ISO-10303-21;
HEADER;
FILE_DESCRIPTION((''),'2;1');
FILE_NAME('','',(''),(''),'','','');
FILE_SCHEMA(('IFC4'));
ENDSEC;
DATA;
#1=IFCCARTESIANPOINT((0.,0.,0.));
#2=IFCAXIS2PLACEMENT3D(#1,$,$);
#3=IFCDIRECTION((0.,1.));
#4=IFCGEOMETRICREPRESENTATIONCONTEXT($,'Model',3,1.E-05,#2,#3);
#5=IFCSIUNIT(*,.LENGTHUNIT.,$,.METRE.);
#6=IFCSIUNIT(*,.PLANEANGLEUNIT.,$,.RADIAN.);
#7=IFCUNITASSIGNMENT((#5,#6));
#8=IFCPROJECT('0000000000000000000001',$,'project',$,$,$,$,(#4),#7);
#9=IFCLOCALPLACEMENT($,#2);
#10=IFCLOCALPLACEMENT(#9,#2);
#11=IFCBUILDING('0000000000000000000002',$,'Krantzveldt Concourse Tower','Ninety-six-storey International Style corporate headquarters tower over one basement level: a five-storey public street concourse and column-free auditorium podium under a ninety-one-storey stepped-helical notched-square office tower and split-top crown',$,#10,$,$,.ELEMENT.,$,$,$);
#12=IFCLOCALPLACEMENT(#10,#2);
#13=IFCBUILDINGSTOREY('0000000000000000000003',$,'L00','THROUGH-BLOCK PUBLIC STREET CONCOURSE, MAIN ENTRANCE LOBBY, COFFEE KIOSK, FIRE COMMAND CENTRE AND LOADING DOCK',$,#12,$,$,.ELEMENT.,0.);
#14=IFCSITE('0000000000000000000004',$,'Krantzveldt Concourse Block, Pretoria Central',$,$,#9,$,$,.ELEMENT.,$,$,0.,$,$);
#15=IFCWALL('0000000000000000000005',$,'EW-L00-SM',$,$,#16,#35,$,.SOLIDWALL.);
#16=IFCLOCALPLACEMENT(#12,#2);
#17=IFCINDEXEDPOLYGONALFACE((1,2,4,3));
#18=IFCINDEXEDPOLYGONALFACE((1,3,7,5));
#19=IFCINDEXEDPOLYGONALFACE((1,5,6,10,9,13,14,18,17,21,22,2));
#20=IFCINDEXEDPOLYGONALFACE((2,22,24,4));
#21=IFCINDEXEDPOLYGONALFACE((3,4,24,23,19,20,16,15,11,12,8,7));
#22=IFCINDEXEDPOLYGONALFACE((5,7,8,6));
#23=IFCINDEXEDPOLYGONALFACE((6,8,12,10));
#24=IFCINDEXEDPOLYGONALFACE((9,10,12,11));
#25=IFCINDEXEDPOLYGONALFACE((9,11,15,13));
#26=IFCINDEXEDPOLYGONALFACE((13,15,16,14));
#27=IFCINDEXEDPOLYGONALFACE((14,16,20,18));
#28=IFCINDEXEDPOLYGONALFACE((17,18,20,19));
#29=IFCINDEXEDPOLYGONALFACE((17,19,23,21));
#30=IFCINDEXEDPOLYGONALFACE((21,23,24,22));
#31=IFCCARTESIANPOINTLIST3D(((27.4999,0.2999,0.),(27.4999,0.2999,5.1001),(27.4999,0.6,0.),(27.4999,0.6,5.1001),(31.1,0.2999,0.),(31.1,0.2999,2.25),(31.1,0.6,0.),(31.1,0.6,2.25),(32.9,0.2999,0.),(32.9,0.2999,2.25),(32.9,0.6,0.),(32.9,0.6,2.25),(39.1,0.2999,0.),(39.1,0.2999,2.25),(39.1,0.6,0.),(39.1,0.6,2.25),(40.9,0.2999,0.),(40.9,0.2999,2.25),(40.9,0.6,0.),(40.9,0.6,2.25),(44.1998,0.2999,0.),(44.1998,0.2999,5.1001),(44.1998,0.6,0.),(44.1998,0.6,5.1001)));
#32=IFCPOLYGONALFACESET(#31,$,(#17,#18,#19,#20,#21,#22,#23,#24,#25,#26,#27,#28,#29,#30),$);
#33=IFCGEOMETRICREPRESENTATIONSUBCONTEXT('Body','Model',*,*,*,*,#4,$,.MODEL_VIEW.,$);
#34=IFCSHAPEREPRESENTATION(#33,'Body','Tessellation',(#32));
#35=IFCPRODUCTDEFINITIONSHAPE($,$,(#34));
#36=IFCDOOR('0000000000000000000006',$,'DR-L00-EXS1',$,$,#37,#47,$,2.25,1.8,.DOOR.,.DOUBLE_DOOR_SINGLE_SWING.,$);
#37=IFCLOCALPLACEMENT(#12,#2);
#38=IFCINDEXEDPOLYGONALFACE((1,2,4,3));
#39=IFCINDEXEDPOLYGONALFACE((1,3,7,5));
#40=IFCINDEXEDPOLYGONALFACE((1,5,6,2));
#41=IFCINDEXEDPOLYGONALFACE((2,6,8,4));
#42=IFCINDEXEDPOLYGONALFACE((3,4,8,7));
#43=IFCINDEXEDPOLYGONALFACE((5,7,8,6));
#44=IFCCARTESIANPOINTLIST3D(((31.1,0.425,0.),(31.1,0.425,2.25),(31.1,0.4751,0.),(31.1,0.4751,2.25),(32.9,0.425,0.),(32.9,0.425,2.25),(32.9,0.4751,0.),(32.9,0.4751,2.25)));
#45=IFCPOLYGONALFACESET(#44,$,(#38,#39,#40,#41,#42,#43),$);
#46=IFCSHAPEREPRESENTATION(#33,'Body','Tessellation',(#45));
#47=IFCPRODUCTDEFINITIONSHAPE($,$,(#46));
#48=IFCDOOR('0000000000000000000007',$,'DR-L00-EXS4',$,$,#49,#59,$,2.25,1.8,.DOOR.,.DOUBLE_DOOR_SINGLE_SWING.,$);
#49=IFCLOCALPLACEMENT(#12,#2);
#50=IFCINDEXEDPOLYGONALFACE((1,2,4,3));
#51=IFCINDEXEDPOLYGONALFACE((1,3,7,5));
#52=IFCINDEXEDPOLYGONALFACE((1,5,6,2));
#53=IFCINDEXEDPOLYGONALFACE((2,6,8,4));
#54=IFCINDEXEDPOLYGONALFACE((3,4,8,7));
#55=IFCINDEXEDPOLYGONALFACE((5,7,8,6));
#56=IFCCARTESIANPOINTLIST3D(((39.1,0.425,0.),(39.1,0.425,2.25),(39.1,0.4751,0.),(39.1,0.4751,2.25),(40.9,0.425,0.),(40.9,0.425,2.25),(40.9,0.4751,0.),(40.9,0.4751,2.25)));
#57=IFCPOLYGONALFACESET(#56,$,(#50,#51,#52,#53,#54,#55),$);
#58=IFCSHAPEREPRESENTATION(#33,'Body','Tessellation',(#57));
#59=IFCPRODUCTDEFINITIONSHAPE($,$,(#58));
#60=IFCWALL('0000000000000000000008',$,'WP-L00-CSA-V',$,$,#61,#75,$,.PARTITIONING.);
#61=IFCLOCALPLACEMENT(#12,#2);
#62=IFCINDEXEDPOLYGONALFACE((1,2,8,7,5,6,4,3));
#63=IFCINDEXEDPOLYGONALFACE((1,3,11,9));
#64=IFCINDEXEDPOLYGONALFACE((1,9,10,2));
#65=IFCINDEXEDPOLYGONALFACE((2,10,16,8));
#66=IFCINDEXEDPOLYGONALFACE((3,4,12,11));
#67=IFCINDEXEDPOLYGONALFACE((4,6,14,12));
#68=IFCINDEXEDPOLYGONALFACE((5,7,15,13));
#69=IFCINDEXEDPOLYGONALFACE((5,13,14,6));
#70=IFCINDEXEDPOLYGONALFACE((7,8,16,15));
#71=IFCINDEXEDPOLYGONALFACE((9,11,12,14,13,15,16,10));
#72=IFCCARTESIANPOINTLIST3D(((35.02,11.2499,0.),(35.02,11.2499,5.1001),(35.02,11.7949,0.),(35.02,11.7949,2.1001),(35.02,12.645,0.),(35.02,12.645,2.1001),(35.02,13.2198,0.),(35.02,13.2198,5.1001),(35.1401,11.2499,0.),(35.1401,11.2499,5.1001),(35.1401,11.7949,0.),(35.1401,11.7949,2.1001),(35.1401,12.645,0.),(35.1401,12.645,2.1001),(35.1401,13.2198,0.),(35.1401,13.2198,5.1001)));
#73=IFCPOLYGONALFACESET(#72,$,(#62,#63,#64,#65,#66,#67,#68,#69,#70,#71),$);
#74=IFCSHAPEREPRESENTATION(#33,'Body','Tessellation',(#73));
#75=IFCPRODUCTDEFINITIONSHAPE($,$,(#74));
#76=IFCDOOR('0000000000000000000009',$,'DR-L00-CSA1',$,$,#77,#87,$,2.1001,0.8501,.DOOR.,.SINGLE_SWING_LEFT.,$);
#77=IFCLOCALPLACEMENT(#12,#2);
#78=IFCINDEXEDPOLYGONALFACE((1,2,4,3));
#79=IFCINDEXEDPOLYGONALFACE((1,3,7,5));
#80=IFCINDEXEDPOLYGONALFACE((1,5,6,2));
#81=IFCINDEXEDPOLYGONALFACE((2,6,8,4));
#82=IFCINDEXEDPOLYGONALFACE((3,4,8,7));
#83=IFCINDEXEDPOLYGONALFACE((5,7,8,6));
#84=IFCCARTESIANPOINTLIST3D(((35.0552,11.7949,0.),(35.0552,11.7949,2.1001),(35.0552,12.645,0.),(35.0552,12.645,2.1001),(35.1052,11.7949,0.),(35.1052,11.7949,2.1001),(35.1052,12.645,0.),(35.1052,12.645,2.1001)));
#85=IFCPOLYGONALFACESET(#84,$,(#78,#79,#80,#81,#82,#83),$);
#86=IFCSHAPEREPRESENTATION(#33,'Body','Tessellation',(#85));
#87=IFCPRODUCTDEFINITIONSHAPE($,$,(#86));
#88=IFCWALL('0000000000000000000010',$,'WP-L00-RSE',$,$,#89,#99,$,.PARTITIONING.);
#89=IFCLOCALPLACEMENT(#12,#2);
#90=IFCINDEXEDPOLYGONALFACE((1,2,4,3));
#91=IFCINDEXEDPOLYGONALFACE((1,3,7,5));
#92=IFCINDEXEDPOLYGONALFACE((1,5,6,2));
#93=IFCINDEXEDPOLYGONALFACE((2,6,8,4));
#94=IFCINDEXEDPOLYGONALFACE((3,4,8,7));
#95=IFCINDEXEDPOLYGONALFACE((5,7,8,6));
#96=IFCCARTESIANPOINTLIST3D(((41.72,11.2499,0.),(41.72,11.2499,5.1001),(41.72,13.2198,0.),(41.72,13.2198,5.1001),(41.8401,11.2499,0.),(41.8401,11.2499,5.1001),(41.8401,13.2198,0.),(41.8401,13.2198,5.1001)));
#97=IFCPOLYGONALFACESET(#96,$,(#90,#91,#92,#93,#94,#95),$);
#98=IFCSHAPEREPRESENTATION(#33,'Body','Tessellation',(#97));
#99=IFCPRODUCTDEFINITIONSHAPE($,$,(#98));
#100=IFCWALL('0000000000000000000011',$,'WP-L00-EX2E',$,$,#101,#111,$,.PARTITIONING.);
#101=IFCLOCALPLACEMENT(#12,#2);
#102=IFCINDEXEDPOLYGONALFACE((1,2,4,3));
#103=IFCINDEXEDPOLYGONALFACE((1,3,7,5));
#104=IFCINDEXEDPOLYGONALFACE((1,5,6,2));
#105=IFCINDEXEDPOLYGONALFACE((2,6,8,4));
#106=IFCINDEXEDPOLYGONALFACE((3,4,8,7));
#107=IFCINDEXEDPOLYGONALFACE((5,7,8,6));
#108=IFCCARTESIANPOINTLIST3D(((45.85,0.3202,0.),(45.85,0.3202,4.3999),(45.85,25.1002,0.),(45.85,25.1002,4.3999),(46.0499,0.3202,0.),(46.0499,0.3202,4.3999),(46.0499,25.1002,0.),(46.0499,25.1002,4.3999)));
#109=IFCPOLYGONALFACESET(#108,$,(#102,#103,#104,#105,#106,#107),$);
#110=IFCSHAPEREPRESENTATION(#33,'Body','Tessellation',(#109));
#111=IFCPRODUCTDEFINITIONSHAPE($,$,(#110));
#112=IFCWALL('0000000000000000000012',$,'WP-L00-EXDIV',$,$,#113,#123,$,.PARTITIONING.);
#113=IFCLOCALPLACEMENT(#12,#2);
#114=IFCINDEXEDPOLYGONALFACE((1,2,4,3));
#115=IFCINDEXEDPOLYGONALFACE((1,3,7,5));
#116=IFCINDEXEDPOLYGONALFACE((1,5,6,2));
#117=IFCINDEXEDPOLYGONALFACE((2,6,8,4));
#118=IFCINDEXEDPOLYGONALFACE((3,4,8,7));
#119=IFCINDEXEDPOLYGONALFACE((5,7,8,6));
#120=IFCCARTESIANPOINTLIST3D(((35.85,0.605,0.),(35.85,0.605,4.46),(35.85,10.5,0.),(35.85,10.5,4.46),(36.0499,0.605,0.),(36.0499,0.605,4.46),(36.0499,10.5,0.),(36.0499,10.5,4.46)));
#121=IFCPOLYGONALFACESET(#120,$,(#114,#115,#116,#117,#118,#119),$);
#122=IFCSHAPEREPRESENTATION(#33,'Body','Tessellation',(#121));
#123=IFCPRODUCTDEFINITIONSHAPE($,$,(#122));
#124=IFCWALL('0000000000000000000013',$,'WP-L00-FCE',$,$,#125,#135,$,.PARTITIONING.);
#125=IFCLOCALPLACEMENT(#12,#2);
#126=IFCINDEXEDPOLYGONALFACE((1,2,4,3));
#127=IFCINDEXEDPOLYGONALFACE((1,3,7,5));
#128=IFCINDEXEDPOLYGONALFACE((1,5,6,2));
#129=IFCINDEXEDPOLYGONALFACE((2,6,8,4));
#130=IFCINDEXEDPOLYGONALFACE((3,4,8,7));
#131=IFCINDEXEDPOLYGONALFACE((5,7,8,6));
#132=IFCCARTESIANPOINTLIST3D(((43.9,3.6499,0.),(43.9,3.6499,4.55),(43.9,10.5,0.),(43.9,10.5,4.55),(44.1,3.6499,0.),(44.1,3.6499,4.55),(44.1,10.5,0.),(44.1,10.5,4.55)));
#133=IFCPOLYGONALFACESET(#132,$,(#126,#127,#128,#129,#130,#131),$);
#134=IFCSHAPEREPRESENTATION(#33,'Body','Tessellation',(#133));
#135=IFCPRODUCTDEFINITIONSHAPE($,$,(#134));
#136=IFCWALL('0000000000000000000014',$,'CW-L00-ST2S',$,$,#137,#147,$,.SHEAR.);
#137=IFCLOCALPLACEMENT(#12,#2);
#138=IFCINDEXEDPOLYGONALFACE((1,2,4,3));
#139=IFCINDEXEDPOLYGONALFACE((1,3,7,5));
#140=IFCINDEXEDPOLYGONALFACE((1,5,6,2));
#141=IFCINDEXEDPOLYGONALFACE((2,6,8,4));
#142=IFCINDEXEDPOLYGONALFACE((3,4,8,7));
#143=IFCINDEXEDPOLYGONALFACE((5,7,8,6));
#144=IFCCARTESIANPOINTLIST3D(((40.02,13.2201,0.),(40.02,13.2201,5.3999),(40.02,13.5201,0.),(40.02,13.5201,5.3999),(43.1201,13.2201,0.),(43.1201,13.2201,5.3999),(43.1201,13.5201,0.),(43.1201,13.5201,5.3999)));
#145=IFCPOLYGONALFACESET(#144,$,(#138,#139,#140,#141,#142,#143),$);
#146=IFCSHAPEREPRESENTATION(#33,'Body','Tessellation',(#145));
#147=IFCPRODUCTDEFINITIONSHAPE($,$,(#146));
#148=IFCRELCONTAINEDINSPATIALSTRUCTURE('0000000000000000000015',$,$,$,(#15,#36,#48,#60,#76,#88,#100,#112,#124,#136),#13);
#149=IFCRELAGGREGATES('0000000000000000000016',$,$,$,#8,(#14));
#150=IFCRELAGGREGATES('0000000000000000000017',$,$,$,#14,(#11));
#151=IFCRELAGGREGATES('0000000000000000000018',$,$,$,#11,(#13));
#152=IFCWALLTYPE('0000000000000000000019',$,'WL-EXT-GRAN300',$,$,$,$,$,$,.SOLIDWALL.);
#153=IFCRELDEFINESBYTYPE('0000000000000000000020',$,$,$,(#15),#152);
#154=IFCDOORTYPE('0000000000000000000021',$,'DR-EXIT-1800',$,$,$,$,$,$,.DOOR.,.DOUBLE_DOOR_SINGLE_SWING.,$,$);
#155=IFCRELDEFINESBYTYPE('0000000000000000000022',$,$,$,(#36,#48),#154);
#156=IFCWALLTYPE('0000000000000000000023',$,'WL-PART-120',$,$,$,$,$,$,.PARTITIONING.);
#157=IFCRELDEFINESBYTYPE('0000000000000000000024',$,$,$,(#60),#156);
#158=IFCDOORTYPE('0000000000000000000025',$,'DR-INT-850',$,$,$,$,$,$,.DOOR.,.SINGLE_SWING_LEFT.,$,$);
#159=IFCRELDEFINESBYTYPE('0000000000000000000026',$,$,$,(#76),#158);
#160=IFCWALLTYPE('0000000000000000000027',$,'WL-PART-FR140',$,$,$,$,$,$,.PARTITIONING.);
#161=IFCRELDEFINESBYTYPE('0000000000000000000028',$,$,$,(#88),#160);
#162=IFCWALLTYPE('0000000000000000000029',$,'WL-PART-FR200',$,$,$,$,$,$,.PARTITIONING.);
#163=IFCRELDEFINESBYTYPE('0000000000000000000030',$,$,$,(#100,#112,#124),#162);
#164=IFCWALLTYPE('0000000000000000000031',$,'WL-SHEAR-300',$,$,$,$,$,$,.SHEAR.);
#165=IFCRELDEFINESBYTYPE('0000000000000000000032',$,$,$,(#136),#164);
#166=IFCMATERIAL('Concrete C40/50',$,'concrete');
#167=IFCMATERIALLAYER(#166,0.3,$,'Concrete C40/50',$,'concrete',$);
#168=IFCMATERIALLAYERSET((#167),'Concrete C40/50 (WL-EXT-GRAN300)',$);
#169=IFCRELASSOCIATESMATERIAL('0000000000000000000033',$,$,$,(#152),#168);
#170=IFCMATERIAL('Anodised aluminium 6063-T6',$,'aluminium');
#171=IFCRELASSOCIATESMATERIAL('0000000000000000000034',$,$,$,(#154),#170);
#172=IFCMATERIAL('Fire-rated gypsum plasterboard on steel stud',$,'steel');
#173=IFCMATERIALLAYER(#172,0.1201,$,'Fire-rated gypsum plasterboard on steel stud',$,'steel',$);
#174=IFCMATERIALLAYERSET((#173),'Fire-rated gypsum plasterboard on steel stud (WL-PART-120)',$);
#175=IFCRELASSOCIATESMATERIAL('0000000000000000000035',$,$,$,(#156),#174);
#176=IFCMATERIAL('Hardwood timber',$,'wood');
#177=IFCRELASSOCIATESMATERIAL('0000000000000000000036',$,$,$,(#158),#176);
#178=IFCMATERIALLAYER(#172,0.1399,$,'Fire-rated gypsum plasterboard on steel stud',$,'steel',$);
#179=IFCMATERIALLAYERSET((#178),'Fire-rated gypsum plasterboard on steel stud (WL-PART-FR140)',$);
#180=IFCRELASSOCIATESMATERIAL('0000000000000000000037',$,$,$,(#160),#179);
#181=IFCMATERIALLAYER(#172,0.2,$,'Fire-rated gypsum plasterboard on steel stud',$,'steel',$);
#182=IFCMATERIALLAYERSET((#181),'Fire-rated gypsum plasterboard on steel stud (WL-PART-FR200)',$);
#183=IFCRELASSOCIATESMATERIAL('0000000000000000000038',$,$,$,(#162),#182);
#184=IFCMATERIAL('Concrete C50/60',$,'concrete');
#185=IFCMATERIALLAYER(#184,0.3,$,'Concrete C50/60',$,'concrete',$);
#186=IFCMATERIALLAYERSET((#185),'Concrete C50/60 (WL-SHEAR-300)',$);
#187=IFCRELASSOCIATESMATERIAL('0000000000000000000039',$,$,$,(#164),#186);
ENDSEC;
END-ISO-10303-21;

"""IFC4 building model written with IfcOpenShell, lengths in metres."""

from ifc_helpers import new_model, si_unit, direction, frame, frame_2d, origin, place, context, subcontext, project, spatial, rectangle, extrude, material, layer, layer_set, type_object, element, fill, save


model = new_model("IFC4")

# Units and contexts
model_context = context("Model", 3, precision=1e-05, world=origin(), true_north=direction((0.0, 1.0)))
body_context = subcontext(model_context, "Body", "Model", "MODEL_VIEW")
ifc_project = project(units=[si_unit("LENGTHUNIT", "METRE"), si_unit("PLANEANGLEUNIT", "RADIAN")], contexts=[model_context])

# Site, building, storey
site_placement = place(None, origin())
site = spatial("IfcSite", under=ifc_project, at=site_placement, Name="Krantzveldt Concourse Block, Pretoria Central", CompositionType="ELEMENT", RefElevation=0.0)
building_placement = place(site_placement, origin())
building = spatial("IfcBuilding", under=site, at=building_placement, Name="Krantzveldt Concourse Tower", Description="Ninety-six-storey International Style corporate headquarters tower over one basement level: a five-storey public street concourse and column-free auditorium podium under a ninety-one-storey stepped-helical notched-square office tower and split-top crown", CompositionType="ELEMENT")
storey_placement = place(building_placement, origin())
storey = spatial("IfcBuildingStorey", under=building, at=storey_placement, Name="L00", Description="THROUGH-BLOCK PUBLIC STREET CONCOURSE, MAIN ENTRANCE LOBBY, COFFEE KIOSK, FIRE COMMAND CENTRE AND LOADING DOCK", CompositionType="ELEMENT", Elevation=0.0)

# Shared definitions
ifc_material_1 = material(Name="Concrete C50/60", Category="concrete")

# Shared definitions
ifc_material_2 = material(Name="Anodised aluminium 6063-T6", Category="aluminium")

# Wall, openings, doors
ifc_material_3 = material(Name="Concrete C40/50", Category="concrete")
ifc_layer_1 = layer(ifc_material_3, 0.3, Name="Concrete C40/50", Category="concrete")
ifc_layer_set_1 = layer_set([ifc_layer_1], Name="Concrete C40/50 (WL-EXT-GRAN300)")
wall_type_1 = type_object("IfcWallType", Name="WL-EXT-GRAN300", PredefinedType="SOLIDWALL", material=ifc_layer_set_1)
wall_1_placement = place(storey_placement, frame((44.2, 0.45, 0.0), z_axis=(0.0, 0.0, 1.0), x_axis=(-1.0, 0.0, 0.0)))
wall_1 = element("IfcWall", 1, at=wall_1_placement, inside=storey, type_object=wall_type_1, Name="EW-L00-SM", PredefinedType="SOLIDWALL", context=body_context, shape_type="SweptSolid", body=[
    extrude(rectangle(XDim=16.7, YDim=0.3, at=frame_2d((8.3501, 0.0))), origin(), (0.0, 0.0, 1.0), 5.1001),
])
opening_1_placement = place(wall_1_placement, frame((11.3, 0.0, 0.0)))
opening_1 = element("IfcOpeningElement", 2, at=opening_1_placement, cuts=wall_1, PredefinedType="OPENING", context=body_context, shape_type="SweptSolid", body=[
    extrude(rectangle(XDim=1.8, YDim=2.25, at=frame_2d((0.8999, 1.125))), frame((0.0, 0.1602, 0.0), z_axis=(0.0, -1.0, 0.0), x_axis=(1.0, 0.0, 0.0)), (0.0, 0.0, 1.0), 0.3201),
])
opening_2_placement = place(wall_1_placement, frame((3.3, 0.0, 0.0)))
opening_2 = element("IfcOpeningElement", 3, at=opening_2_placement, cuts=wall_1, PredefinedType="OPENING", context=body_context, shape_type="SweptSolid", body=[
    extrude(rectangle(XDim=1.8, YDim=2.25, at=frame_2d((0.8999, 1.125))), frame((0.0, 0.1602, 0.0), z_axis=(0.0, -1.0, 0.0), x_axis=(1.0, 0.0, 0.0)), (0.0, 0.0, 1.0), 0.3201),
])
door_type_1 = type_object("IfcDoorType", Name="DR-EXIT-1800", OperationType="DOUBLE_DOOR_SINGLE_SWING", PredefinedType="DOOR", material=ifc_material_2)
door_1_placement = place(opening_1_placement, origin())
door_1 = element("IfcDoor", 4, at=door_1_placement, inside=storey, type_object=door_type_1, Name="DR-L00-EXS1", OperationType="DOUBLE_DOOR_SINGLE_SWING", OverallHeight=2.25, OverallWidth=1.8, PredefinedType="DOOR", context=body_context, shape_type="SweptSolid", body=[
    extrude(rectangle(XDim=1.8, YDim=2.25, at=frame_2d((0.8999, 1.125))), frame((0.0, 0.0249, 0.0), z_axis=(0.0, -1.0, 0.0), x_axis=(1.0, 0.0, 0.0)), (0.0, 0.0, 1.0), 0.05),
])
fill(opening_1, door_1)
door_2_placement = place(opening_2_placement, origin())
door_2 = element("IfcDoor", 5, at=door_2_placement, inside=storey, type_object=door_type_1, Name="DR-L00-EXS4", OperationType="DOUBLE_DOOR_SINGLE_SWING", OverallHeight=2.25, OverallWidth=1.8, PredefinedType="DOOR", context=body_context, shape_type="SweptSolid", body=[
    extrude(rectangle(XDim=1.8, YDim=2.25, at=frame_2d((0.8999, 1.125))), frame((0.0, 0.0249, 0.0), z_axis=(0.0, -1.0, 0.0), x_axis=(1.0, 0.0, 0.0)), (0.0, 0.0, 1.0), 0.05),
])
fill(opening_2, door_2)

# Wall, opening, door
ifc_material_4 = material(Name="Fire-rated gypsum plasterboard on steel stud", Category="steel")
ifc_layer_2 = layer(ifc_material_4, 0.1201, Name="Fire-rated gypsum plasterboard on steel stud", Category="steel")
ifc_layer_set_2 = layer_set([ifc_layer_2], Name="Fire-rated gypsum plasterboard on steel stud (WL-PART-120)")
wall_type_2 = type_object("IfcWallType", Name="WL-PART-120", PredefinedType="PARTITIONING", material=ifc_layer_set_2)
wall_2_placement = place(storey_placement, frame((35.0801, 11.25, 0.0), z_axis=(0.0, 0.0, 1.0), x_axis=(0.0, 1.0, 0.0)))
wall_2 = element("IfcWall", 6, at=wall_2_placement, inside=storey, type_object=wall_type_2, Name="WP-L00-CSA-V", PredefinedType="PARTITIONING", context=body_context, shape_type="SweptSolid", body=[
    extrude(rectangle(XDim=1.97, YDim=0.1201, at=frame_2d((0.9849, 0.0))), origin(), (0.0, 0.0, 1.0), 5.1001),
])
opening_3_placement = place(wall_2_placement, frame((0.5449, 0.0, 0.0)))
opening_3 = element("IfcOpeningElement", 7, at=opening_3_placement, cuts=wall_2, PredefinedType="OPENING", context=body_context, shape_type="SweptSolid", body=[
    extrude(rectangle(XDim=0.8501, YDim=2.1001, at=frame_2d((0.425, 1.05))), frame((0.0, 0.0701, 0.0), z_axis=(0.0, -1.0, 0.0), x_axis=(1.0, 0.0, 0.0)), (0.0, 0.0, 1.0), 0.1401),
])
ifc_material_5 = material(Name="Hardwood timber", Category="wood")
door_type_2 = type_object("IfcDoorType", Name="DR-INT-850", OperationType="SINGLE_SWING_LEFT", PredefinedType="DOOR", material=ifc_material_5)
door_3_placement = place(opening_3_placement, origin())
door_3 = element("IfcDoor", 8, at=door_3_placement, inside=storey, type_object=door_type_2, Name="DR-L00-CSA1", OperationType="SINGLE_SWING_LEFT", OverallHeight=2.1001, OverallWidth=0.8501, PredefinedType="DOOR", context=body_context, shape_type="SweptSolid", body=[
    extrude(rectangle(XDim=0.8501, YDim=2.1001, at=frame_2d((0.425, 1.05))), frame((0.0, 0.0249, 0.0), z_axis=(0.0, -1.0, 0.0), x_axis=(1.0, 0.0, 0.0)), (0.0, 0.0, 1.0), 0.05),
])
fill(opening_3, door_3)

# Shared definitions
ifc_layer_3 = layer(ifc_material_4, 0.1399, Name="Fire-rated gypsum plasterboard on steel stud", Category="steel")
ifc_layer_set_3 = layer_set([ifc_layer_3], Name="Fire-rated gypsum plasterboard on steel stud (WL-PART-FR140)")
wall_type_3 = type_object("IfcWallType", Name="WL-PART-FR140", PredefinedType="PARTITIONING", material=ifc_layer_set_3)

# Walls
wall_3_placement = place(storey_placement, frame((41.78, 11.25, 0.0), z_axis=(0.0, 0.0, 1.0), x_axis=(0.0, 1.0, 0.0)))
element("IfcWall", 9, at=wall_3_placement, inside=storey, type_object=wall_type_3, Name="WP-L00-RSE", PredefinedType="PARTITIONING", context=body_context, shape_type="SweptSolid", body=[
    extrude(rectangle(XDim=1.97, YDim=0.1201, at=frame_2d((0.9849, 0.0))), origin(), (0.0, 0.0, 1.0), 5.1001),
])
ifc_layer_4 = layer(ifc_material_4, 0.2, Name="Fire-rated gypsum plasterboard on steel stud", Category="steel")
ifc_layer_set_4 = layer_set([ifc_layer_4], Name="Fire-rated gypsum plasterboard on steel stud (WL-PART-FR200)")
wall_type_4 = type_object("IfcWallType", Name="WL-PART-FR200", PredefinedType="PARTITIONING", material=ifc_layer_set_4)
wall_4_placement = place(storey_placement, frame((45.95, 0.3201, 0.0), z_axis=(0.0, 0.0, 1.0), x_axis=(0.0, 1.0, 0.0)))
element("IfcWall", 10, at=wall_4_placement, inside=storey, type_object=wall_type_4, Name="WP-L00-EX2E", PredefinedType="PARTITIONING", context=body_context, shape_type="SweptSolid", body=[
    extrude(rectangle(XDim=24.78, YDim=0.2, at=frame_2d((12.3901, 0.0))), origin(), (0.0, 0.0, 1.0), 4.3999),
])
wall_5_placement = place(storey_placement, frame((35.95, 0.605, 0.0), z_axis=(0.0, 0.0, 1.0), x_axis=(0.0, 1.0, 0.0)))
element("IfcWall", 11, at=wall_5_placement, inside=storey, type_object=wall_type_4, Name="WP-L00-EXDIV", PredefinedType="PARTITIONING", context=body_context, shape_type="SweptSolid", body=[
    extrude(rectangle(XDim=9.895, YDim=0.2, at=frame_2d((4.9475, 0.0))), origin(), (0.0, 0.0, 1.0), 4.46),
])
wall_6_placement = place(storey_placement, frame((44.0, 3.6499, 0.0), z_axis=(0.0, 0.0, 1.0), x_axis=(0.0, 1.0, 0.0)))
element("IfcWall", 12, at=wall_6_placement, inside=storey, type_object=wall_type_4, Name="WP-L00-FCE", PredefinedType="PARTITIONING", context=body_context, shape_type="SweptSolid", body=[
    extrude(rectangle(XDim=6.8501, YDim=0.2, at=frame_2d((3.425, 0.0))), origin(), (0.0, 0.0, 1.0), 4.55),
])
ifc_layer_5 = layer(ifc_material_1, 0.3, Name="Concrete C50/60", Category="concrete")
ifc_layer_set_5 = layer_set([ifc_layer_5], Name="Concrete C50/60 (WL-SHEAR-300)")
wall_type_5 = type_object("IfcWallType", Name="WL-SHEAR-300", PredefinedType="SHEAR", material=ifc_layer_set_5)
wall_7_placement = place(storey_placement, frame((40.02, 13.3701, 0.0), z_axis=(0.0, 0.0, 1.0), x_axis=(1.0, 0.0, 0.0)))
element("IfcWall", 13, at=wall_7_placement, inside=storey, type_object=wall_type_5, Name="CW-L00-ST2S", PredefinedType="SHEAR", context=body_context, shape_type="SweptSolid", body=[
    extrude(rectangle(XDim=3.1001, YDim=0.3, at=frame_2d((1.55, 0.0))), origin(), (0.0, 0.0, 1.0), 5.3999),
])

save(model, "model.ifc")
